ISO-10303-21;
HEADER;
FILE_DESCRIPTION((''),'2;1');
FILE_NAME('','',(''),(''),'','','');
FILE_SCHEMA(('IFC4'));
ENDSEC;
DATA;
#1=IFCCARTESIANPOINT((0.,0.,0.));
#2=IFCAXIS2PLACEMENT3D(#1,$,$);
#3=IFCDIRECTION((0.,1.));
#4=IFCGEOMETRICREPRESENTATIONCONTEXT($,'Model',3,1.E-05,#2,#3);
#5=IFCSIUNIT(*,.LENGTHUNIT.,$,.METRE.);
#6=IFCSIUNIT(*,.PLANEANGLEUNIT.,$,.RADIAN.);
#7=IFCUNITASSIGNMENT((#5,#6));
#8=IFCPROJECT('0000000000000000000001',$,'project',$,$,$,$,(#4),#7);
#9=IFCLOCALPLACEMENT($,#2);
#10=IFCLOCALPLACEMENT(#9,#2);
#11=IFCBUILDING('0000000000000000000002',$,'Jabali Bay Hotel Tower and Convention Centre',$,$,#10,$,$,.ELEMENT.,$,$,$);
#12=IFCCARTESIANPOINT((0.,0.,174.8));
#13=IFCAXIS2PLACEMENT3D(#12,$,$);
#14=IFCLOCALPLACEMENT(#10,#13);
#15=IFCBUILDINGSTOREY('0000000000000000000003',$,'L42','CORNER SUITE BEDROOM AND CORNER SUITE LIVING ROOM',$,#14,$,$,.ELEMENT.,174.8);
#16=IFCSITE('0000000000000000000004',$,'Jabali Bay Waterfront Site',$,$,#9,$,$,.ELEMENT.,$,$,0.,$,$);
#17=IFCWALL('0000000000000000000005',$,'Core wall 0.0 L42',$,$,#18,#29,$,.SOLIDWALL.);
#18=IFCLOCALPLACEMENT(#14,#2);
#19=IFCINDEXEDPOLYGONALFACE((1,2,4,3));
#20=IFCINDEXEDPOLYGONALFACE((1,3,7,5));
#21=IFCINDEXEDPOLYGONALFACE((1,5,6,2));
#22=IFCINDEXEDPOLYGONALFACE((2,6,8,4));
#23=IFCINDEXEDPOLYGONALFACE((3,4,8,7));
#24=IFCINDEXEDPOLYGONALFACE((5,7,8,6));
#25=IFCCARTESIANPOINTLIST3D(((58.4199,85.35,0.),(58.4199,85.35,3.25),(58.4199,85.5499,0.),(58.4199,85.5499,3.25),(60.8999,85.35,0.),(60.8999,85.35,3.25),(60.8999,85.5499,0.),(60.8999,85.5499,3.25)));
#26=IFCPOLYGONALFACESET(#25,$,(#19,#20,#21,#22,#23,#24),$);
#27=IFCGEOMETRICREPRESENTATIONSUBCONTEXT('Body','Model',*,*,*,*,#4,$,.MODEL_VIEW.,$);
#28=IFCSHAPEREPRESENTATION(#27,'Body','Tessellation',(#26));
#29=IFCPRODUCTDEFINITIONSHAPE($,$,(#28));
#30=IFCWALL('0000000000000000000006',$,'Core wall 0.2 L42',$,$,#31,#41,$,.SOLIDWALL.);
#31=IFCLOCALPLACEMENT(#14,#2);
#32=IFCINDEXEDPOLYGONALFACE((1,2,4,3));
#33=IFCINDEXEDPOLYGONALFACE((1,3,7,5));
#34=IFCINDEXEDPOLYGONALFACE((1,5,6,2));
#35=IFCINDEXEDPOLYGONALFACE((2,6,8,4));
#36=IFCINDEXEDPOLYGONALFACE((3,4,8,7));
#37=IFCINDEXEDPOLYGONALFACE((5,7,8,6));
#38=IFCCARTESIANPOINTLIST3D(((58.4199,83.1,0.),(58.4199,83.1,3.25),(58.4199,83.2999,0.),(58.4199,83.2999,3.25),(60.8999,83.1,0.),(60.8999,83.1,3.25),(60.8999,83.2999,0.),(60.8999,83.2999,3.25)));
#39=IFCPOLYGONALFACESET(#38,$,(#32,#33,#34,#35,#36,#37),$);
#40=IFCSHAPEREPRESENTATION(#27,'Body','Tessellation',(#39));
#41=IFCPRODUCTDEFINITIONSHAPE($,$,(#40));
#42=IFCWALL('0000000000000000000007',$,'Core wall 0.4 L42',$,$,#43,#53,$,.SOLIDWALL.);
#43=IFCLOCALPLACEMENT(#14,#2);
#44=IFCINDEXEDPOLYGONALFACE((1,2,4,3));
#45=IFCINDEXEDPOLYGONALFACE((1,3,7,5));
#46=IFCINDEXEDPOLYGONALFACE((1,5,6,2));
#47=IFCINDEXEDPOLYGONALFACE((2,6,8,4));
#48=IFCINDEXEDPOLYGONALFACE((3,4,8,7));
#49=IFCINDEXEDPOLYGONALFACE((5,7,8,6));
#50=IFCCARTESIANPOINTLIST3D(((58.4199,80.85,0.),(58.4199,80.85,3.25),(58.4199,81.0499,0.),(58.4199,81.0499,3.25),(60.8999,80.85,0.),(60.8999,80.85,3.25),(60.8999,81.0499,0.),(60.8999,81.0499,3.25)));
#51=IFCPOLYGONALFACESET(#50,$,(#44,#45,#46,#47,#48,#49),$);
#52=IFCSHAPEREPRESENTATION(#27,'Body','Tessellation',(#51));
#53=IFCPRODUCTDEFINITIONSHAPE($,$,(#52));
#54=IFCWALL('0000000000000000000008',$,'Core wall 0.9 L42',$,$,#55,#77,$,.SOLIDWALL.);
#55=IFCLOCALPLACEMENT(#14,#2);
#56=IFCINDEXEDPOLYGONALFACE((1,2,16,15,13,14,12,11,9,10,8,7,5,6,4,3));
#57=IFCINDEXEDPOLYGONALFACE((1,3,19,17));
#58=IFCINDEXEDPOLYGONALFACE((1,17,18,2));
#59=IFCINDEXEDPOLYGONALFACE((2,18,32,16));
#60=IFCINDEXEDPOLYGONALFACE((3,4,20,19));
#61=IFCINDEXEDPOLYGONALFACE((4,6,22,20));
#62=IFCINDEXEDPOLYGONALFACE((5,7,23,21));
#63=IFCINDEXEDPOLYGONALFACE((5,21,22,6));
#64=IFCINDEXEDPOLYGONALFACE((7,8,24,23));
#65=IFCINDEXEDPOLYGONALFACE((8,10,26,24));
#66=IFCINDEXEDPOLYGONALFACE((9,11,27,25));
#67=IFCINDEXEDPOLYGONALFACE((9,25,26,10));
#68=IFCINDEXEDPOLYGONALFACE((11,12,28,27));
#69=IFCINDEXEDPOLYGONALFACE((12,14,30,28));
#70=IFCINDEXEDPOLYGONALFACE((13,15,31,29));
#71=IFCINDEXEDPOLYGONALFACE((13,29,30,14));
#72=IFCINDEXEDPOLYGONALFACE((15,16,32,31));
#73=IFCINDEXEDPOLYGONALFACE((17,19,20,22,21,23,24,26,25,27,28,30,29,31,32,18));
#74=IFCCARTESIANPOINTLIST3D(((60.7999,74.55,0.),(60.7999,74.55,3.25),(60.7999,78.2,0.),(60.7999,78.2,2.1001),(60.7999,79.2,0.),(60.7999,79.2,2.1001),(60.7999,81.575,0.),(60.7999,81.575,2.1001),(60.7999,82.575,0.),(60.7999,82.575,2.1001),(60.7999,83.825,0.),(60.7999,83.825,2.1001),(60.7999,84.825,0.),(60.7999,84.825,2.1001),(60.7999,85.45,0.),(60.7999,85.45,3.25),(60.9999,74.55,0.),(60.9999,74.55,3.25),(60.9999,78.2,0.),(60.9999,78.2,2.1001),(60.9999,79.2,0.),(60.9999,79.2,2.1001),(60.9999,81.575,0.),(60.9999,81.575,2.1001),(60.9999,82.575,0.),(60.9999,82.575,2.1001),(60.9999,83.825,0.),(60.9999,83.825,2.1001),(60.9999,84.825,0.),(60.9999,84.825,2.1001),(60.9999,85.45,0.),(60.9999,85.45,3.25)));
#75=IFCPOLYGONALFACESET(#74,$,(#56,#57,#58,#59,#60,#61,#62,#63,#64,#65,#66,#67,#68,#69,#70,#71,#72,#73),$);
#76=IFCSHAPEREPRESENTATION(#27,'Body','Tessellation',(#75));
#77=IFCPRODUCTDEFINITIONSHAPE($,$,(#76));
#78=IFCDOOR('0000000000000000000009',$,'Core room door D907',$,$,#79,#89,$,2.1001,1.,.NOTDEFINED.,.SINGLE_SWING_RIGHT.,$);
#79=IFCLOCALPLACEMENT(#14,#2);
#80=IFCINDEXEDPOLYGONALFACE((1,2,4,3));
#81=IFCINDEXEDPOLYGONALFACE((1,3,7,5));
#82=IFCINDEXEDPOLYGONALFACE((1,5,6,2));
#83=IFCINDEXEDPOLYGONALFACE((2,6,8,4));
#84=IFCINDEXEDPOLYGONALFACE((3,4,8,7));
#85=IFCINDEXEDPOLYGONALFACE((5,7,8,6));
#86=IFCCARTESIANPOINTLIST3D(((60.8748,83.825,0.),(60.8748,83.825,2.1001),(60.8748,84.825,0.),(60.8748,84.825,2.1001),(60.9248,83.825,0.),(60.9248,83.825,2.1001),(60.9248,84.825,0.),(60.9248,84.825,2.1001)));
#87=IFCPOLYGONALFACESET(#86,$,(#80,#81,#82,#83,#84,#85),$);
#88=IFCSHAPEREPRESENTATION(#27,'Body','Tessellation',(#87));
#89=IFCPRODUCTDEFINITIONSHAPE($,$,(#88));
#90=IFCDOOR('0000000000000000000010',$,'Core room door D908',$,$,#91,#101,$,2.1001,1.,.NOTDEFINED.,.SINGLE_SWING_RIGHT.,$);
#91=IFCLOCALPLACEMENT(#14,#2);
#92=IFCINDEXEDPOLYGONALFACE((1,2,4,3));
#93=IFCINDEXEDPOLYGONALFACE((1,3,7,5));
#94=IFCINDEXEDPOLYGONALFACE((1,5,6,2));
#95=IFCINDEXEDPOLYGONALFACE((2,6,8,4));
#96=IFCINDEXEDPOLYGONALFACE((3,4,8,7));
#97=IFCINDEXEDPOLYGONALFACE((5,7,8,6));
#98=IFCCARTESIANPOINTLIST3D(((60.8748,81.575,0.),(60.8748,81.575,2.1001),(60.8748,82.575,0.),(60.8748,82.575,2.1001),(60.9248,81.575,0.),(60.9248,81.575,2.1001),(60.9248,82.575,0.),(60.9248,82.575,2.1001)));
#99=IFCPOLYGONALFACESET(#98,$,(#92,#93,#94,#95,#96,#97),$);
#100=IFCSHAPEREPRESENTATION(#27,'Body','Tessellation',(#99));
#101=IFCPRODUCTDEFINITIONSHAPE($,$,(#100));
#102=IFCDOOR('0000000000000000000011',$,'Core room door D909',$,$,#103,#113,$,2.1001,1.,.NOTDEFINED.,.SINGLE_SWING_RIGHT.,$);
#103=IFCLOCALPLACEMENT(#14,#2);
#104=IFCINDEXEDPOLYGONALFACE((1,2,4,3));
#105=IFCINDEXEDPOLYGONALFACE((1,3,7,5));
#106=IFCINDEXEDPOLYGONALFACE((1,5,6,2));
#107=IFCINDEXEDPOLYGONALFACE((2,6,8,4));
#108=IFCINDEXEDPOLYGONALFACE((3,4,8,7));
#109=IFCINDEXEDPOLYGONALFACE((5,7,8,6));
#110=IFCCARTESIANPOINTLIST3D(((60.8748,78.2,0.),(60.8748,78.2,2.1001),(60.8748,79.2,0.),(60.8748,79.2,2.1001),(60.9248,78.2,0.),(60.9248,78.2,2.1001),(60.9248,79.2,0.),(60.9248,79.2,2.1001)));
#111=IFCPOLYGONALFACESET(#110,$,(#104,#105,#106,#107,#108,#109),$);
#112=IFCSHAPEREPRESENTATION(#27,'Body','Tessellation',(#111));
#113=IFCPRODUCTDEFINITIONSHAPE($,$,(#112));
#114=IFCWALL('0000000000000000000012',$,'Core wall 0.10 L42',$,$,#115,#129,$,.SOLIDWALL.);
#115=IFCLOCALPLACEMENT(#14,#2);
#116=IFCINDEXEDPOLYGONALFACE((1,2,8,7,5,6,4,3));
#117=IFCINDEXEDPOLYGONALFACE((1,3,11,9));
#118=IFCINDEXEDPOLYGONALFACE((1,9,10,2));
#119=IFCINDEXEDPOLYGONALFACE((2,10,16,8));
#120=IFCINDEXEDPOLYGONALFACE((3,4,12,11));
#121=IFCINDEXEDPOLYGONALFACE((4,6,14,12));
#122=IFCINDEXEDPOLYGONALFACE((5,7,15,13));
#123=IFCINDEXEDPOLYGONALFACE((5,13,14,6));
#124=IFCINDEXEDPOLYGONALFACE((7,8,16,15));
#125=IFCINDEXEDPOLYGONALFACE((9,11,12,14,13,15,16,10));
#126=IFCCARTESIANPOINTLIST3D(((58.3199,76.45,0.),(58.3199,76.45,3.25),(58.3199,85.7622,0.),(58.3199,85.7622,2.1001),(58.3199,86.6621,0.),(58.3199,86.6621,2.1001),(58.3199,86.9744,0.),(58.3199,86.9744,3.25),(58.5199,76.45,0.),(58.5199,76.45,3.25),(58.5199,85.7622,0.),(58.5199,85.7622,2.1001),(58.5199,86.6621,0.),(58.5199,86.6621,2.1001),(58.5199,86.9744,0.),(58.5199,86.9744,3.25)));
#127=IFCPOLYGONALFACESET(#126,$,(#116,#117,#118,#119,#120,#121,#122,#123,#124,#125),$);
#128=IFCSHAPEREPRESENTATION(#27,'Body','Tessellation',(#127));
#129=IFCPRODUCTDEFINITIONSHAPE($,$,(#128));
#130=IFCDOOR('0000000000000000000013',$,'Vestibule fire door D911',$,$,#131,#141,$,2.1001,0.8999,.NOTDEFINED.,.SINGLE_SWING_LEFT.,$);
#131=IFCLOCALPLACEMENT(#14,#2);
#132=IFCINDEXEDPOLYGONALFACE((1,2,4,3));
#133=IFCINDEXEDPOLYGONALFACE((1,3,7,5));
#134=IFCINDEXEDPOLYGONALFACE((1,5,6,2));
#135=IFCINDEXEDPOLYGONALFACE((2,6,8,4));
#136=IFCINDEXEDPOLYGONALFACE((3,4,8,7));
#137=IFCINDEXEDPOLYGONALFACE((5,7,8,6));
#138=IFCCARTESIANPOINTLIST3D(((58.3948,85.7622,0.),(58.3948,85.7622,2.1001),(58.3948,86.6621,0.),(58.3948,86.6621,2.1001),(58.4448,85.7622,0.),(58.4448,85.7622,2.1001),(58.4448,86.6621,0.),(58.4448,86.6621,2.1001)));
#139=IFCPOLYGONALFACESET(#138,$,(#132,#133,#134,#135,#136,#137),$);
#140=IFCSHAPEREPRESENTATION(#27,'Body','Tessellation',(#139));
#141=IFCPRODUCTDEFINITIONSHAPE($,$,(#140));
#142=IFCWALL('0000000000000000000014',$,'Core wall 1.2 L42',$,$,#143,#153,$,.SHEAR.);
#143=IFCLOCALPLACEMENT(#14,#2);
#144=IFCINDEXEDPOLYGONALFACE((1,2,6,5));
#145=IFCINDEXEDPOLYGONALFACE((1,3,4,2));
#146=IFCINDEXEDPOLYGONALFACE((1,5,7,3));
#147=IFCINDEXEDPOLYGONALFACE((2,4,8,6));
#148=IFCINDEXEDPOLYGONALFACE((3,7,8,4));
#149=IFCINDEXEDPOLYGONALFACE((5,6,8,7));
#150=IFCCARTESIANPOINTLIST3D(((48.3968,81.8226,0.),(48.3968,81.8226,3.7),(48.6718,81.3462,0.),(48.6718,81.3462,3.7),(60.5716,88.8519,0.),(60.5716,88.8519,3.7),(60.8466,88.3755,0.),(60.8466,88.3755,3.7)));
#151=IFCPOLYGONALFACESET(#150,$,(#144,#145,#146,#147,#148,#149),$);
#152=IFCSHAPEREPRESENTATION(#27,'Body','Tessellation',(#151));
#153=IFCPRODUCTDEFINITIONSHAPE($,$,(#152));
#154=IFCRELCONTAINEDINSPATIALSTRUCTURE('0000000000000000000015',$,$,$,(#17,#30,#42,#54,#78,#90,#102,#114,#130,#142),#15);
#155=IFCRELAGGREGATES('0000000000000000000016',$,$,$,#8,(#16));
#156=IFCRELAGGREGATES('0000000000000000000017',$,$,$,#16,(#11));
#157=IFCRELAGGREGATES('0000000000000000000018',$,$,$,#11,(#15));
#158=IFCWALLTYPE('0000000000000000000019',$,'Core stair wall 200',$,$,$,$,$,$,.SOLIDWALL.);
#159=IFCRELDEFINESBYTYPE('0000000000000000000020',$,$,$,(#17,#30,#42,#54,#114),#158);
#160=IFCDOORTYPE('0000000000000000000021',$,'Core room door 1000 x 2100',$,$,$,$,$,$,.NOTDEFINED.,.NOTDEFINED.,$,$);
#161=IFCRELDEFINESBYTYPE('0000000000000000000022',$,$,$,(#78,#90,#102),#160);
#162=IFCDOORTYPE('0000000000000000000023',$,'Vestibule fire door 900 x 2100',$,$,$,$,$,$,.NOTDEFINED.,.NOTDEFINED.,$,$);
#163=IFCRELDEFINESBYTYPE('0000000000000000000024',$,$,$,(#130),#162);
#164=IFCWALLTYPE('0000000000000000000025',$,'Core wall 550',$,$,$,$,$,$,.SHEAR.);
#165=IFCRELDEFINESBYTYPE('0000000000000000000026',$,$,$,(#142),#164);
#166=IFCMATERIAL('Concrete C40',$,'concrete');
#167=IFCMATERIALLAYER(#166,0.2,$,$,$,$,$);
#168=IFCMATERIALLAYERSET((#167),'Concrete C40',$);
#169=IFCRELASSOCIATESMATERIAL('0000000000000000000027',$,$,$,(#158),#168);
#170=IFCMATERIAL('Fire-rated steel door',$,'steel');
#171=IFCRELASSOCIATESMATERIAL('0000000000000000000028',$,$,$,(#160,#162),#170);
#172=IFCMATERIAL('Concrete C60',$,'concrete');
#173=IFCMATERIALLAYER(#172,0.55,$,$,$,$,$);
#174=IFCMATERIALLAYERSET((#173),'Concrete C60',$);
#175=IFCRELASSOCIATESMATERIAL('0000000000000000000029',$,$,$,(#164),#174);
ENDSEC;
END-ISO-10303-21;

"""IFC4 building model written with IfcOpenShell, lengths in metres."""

from ifc_helpers import new_model, si_unit, direction, frame, frame_2d, origin, place, context, subcontext, project, spatial, rectangle, extrude, material, layer, layer_set, type_object, element, fill, save


model = new_model("IFC4")

# Units and contexts
model_context = context("Model", 3, precision=1e-05, world=origin(), true_north=direction((0.0, 1.0)))
body_context = subcontext(model_context, "Body", "Model", "MODEL_VIEW")
ifc_project = project(units=[si_unit("LENGTHUNIT", "METRE"), si_unit("PLANEANGLEUNIT", "RADIAN")], contexts=[model_context])

# Site, building, storey
site_placement = place(None, origin())
site = spatial("IfcSite", under=ifc_project, at=site_placement, Name="Jabali Bay Waterfront Site", CompositionType="ELEMENT", RefElevation=0.0)
building_placement = place(site_placement, origin())
building = spatial("IfcBuilding", under=site, at=building_placement, Name="Jabali Bay Hotel Tower and Convention Centre", CompositionType="ELEMENT")
storey_placement = place(building_placement, frame((0.0, 0.0, 174.8)))
storey = spatial("IfcBuildingStorey", under=building, at=storey_placement, Name="L42", Description="CORNER SUITE BEDROOM AND CORNER SUITE LIVING ROOM", CompositionType="ELEMENT", Elevation=174.8)

# Walls
ifc_material_1 = material(Name="Concrete C40", Category="concrete")
ifc_layer_1 = layer(ifc_material_1, 0.2)
ifc_layer_set_1 = layer_set([ifc_layer_1], Name="Concrete C40")
wall_type_1 = type_object("IfcWallType", Name="Core stair wall 200", PredefinedType="SOLIDWALL", material=ifc_layer_set_1)
for number, where, z_axis, x_axis, name in (
    (1, (60.8999, 85.45, 0.0), (0.0, 0.0, 1.0), (-1.0, 0.0, 0.0), "Core wall 0.0 L42"),
    (2, (60.8999, 83.2, 0.0), (0.0, 0.0, 1.0), (-1.0, 0.0, 0.0), "Core wall 0.2 L42"),
    (3, (60.8999, 80.95, 0.0), (0.0, 0.0, 1.0), (-1.0, 0.0, 0.0), "Core wall 0.4 L42"),
):
    element("IfcWall", number, at=place(storey_placement, frame(where, z_axis=z_axis, x_axis=x_axis)), inside=storey, type_object=wall_type_1, Name=name, PredefinedType="SOLIDWALL", context=body_context, shape_type="SweptSolid", body=[
        extrude(rectangle(XDim=2.48, YDim=0.2, at=frame_2d((1.24, 0.0))), origin(), (0.0, 0.0, 1.0), 3.25),
    ])

# Wall, openings, doors
wall_1_placement = place(storey_placement, frame((60.8999, 85.45, 0.0), z_axis=(0.0, 0.0, 1.0), x_axis=(0.0, -1.0, 0.0)))
wall_1 = element("IfcWall", 4, at=wall_1_placement, inside=storey, type_object=wall_type_1, Name="Core wall 0.9 L42", PredefinedType="SOLIDWALL", context=body_context, shape_type="SweptSolid", body=[
    extrude(rectangle(XDim=10.8999, YDim=0.2, at=frame_2d((5.45, 0.0))), origin(), (0.0, 0.0, 1.0), 3.25),
])
opening_1_placement = place(wall_1_placement, frame((0.625, 0.0, 0.0)))
opening_1 = element("IfcOpeningElement", 5, at=opening_1_placement, cuts=wall_1, PredefinedType="OPENING", context=body_context, shape_type="SweptSolid", body=[
    extrude(rectangle(XDim=1.0, YDim=2.1001, at=frame_2d((0.5, 1.05))), frame((0.0, 0.1104, 0.0), z_axis=(0.0, -1.0, 0.0), x_axis=(1.0, 0.0, 0.0)), (0.0, 0.0, 1.0), 0.2209),
])
opening_2_placement = place(wall_1_placement, frame((2.875, 0.0, 0.0)))
opening_2 = element("IfcOpeningElement", 6, at=opening_2_placement, cuts=wall_1, PredefinedType="OPENING", context=body_context, shape_type="SweptSolid", body=[
    extrude(rectangle(XDim=1.0, YDim=2.1001, at=frame_2d((0.5, 1.05))), frame((0.0, 0.1104, 0.0), z_axis=(0.0, -1.0, 0.0), x_axis=(1.0, 0.0, 0.0)), (0.0, 0.0, 1.0), 0.2209),
])
opening_3_placement = place(wall_1_placement, frame((6.25, 0.0, 0.0)))
opening_3 = element("IfcOpeningElement", 7, at=opening_3_placement, cuts=wall_1, PredefinedType="OPENING", context=body_context, shape_type="SweptSolid", body=[
    extrude(rectangle(XDim=1.0, YDim=2.1001, at=frame_2d((0.5, 1.05))), frame((0.0, 0.1104, 0.0), z_axis=(0.0, -1.0, 0.0), x_axis=(1.0, 0.0, 0.0)), (0.0, 0.0, 1.0), 0.2209),
])
ifc_material_2 = material(Name="Fire-rated steel door", Category="steel")
door_type_1 = type_object("IfcDoorType", Name="Core room door 1000 x 2100", OperationType="NOTDEFINED", PredefinedType="NOTDEFINED", material=ifc_material_2)
door_1_placement = place(opening_1_placement, origin())
door_1 = element("IfcDoor", 8, at=door_1_placement, inside=storey, type_object=door_type_1, Name="Core room door D907", OperationType="SINGLE_SWING_RIGHT", OverallHeight=2.1001, OverallWidth=1.0, PredefinedType="NOTDEFINED", context=body_context, shape_type="SweptSolid", body=[
    extrude(rectangle(XDim=1.0, YDim=2.1001, at=frame_2d((0.5, 1.05))), frame((0.0, 0.0249, 0.0), z_axis=(0.0, -1.0, 0.0), x_axis=(1.0, 0.0, 0.0)), (0.0, 0.0, 1.0), 0.05),
])
fill(opening_1, door_1)
door_2_placement = place(opening_2_placement, origin())
door_2 = element("IfcDoor", 9, at=door_2_placement, inside=storey, type_object=door_type_1, Name="Core room door D908", OperationType="SINGLE_SWING_RIGHT", OverallHeight=2.1001, OverallWidth=1.0, PredefinedType="NOTDEFINED", context=body_context, shape_type="SweptSolid", body=[
    extrude(rectangle(XDim=1.0, YDim=2.1001, at=frame_2d((0.5, 1.05))), frame((0.0, 0.0249, 0.0), z_axis=(0.0, -1.0, 0.0), x_axis=(1.0, 0.0, 0.0)), (0.0, 0.0, 1.0), 0.05),
])
fill(opening_2, door_2)
door_3_placement = place(opening_3_placement, origin())
door_3 = element("IfcDoor", 10, at=door_3_placement, inside=storey, type_object=door_type_1, Name="Core room door D909", OperationType="SINGLE_SWING_RIGHT", OverallHeight=2.1001, OverallWidth=1.0, PredefinedType="NOTDEFINED", context=body_context, shape_type="SweptSolid", body=[
    extrude(rectangle(XDim=1.0, YDim=2.1001, at=frame_2d((0.5, 1.05))), frame((0.0, 0.0249, 0.0), z_axis=(0.0, -1.0, 0.0), x_axis=(1.0, 0.0, 0.0)), (0.0, 0.0, 1.0), 0.05),
])
fill(opening_3, door_3)

# Wall, opening, door
wall_2_placement = place(storey_placement, frame((58.4199, 86.9744, 0.0), z_axis=(0.0, 0.0, 1.0), x_axis=(0.0, -1.0, 0.0)))
wall_2 = element("IfcWall", 11, at=wall_2_placement, inside=storey, type_object=wall_type_1, Name="Core wall 0.10 L42", PredefinedType="SOLIDWALL", context=body_context, shape_type="SweptSolid", body=[
    extrude(rectangle(XDim=10.5244, YDim=0.2, at=frame_2d((5.2622, 0.0))), origin(), (0.0, 0.0, 1.0), 3.25),
])
opening_4_placement = place(wall_2_placement, frame((0.3123, 0.0, 0.0)))
opening_4 = element("IfcOpeningElement", 12, at=opening_4_placement, cuts=wall_2, PredefinedType="OPENING", context=body_context, shape_type="SweptSolid", body=[
    extrude(rectangle(XDim=0.8999, YDim=2.1001, at=frame_2d((0.45, 1.05))), frame((0.0, 0.1104, 0.0), z_axis=(0.0, -1.0, 0.0), x_axis=(1.0, 0.0, 0.0)), (0.0, 0.0, 1.0), 0.2209),
])
door_type_2 = type_object("IfcDoorType", Name="Vestibule fire door 900 x 2100", OperationType="NOTDEFINED", PredefinedType="NOTDEFINED", material=ifc_material_2)
door_4_placement = place(opening_4_placement, origin())
door_4 = element("IfcDoor", 13, at=door_4_placement, inside=storey, type_object=door_type_2, Name="Vestibule fire door D911", OperationType="SINGLE_SWING_LEFT", OverallHeight=2.1001, OverallWidth=0.8999, PredefinedType="NOTDEFINED", context=body_context, shape_type="SweptSolid", body=[
    extrude(rectangle(XDim=0.8999, YDim=2.1001, at=frame_2d((0.45, 1.05))), frame((0.0, 0.0249, 0.0), z_axis=(0.0, -1.0, 0.0), x_axis=(1.0, 0.0, 0.0)), (0.0, 0.0, 1.0), 0.05),
])
fill(opening_4, door_4)

# Wall
ifc_material_3 = material(Name="Concrete C60", Category="concrete")
ifc_layer_2 = layer(ifc_material_3, 0.55)
ifc_layer_set_2 = layer_set([ifc_layer_2], Name="Concrete C60")
wall_type_2 = type_object("IfcWallType", Name="Core wall 550", PredefinedType="SHEAR", material=ifc_layer_set_2)
wall_3_placement = place(storey_placement, frame((60.7092, 88.6138, 0.0), z_axis=(0.0, 0.0, 1.0), x_axis=(-0.86602, -0.500009, 0.0)))
element("IfcWall", 14, at=wall_3_placement, inside=storey, type_object=wall_type_2, Name="Core wall 1.2 L42", PredefinedType="SHEAR", context=body_context, shape_type="SweptSolid", body=[
    extrude(rectangle(XDim=14.0583, YDim=0.55, at=frame_2d((7.0293, 0.0))), origin(), (0.0, 0.0, 1.0), 3.7),
])

save(model, "model.ifc")
